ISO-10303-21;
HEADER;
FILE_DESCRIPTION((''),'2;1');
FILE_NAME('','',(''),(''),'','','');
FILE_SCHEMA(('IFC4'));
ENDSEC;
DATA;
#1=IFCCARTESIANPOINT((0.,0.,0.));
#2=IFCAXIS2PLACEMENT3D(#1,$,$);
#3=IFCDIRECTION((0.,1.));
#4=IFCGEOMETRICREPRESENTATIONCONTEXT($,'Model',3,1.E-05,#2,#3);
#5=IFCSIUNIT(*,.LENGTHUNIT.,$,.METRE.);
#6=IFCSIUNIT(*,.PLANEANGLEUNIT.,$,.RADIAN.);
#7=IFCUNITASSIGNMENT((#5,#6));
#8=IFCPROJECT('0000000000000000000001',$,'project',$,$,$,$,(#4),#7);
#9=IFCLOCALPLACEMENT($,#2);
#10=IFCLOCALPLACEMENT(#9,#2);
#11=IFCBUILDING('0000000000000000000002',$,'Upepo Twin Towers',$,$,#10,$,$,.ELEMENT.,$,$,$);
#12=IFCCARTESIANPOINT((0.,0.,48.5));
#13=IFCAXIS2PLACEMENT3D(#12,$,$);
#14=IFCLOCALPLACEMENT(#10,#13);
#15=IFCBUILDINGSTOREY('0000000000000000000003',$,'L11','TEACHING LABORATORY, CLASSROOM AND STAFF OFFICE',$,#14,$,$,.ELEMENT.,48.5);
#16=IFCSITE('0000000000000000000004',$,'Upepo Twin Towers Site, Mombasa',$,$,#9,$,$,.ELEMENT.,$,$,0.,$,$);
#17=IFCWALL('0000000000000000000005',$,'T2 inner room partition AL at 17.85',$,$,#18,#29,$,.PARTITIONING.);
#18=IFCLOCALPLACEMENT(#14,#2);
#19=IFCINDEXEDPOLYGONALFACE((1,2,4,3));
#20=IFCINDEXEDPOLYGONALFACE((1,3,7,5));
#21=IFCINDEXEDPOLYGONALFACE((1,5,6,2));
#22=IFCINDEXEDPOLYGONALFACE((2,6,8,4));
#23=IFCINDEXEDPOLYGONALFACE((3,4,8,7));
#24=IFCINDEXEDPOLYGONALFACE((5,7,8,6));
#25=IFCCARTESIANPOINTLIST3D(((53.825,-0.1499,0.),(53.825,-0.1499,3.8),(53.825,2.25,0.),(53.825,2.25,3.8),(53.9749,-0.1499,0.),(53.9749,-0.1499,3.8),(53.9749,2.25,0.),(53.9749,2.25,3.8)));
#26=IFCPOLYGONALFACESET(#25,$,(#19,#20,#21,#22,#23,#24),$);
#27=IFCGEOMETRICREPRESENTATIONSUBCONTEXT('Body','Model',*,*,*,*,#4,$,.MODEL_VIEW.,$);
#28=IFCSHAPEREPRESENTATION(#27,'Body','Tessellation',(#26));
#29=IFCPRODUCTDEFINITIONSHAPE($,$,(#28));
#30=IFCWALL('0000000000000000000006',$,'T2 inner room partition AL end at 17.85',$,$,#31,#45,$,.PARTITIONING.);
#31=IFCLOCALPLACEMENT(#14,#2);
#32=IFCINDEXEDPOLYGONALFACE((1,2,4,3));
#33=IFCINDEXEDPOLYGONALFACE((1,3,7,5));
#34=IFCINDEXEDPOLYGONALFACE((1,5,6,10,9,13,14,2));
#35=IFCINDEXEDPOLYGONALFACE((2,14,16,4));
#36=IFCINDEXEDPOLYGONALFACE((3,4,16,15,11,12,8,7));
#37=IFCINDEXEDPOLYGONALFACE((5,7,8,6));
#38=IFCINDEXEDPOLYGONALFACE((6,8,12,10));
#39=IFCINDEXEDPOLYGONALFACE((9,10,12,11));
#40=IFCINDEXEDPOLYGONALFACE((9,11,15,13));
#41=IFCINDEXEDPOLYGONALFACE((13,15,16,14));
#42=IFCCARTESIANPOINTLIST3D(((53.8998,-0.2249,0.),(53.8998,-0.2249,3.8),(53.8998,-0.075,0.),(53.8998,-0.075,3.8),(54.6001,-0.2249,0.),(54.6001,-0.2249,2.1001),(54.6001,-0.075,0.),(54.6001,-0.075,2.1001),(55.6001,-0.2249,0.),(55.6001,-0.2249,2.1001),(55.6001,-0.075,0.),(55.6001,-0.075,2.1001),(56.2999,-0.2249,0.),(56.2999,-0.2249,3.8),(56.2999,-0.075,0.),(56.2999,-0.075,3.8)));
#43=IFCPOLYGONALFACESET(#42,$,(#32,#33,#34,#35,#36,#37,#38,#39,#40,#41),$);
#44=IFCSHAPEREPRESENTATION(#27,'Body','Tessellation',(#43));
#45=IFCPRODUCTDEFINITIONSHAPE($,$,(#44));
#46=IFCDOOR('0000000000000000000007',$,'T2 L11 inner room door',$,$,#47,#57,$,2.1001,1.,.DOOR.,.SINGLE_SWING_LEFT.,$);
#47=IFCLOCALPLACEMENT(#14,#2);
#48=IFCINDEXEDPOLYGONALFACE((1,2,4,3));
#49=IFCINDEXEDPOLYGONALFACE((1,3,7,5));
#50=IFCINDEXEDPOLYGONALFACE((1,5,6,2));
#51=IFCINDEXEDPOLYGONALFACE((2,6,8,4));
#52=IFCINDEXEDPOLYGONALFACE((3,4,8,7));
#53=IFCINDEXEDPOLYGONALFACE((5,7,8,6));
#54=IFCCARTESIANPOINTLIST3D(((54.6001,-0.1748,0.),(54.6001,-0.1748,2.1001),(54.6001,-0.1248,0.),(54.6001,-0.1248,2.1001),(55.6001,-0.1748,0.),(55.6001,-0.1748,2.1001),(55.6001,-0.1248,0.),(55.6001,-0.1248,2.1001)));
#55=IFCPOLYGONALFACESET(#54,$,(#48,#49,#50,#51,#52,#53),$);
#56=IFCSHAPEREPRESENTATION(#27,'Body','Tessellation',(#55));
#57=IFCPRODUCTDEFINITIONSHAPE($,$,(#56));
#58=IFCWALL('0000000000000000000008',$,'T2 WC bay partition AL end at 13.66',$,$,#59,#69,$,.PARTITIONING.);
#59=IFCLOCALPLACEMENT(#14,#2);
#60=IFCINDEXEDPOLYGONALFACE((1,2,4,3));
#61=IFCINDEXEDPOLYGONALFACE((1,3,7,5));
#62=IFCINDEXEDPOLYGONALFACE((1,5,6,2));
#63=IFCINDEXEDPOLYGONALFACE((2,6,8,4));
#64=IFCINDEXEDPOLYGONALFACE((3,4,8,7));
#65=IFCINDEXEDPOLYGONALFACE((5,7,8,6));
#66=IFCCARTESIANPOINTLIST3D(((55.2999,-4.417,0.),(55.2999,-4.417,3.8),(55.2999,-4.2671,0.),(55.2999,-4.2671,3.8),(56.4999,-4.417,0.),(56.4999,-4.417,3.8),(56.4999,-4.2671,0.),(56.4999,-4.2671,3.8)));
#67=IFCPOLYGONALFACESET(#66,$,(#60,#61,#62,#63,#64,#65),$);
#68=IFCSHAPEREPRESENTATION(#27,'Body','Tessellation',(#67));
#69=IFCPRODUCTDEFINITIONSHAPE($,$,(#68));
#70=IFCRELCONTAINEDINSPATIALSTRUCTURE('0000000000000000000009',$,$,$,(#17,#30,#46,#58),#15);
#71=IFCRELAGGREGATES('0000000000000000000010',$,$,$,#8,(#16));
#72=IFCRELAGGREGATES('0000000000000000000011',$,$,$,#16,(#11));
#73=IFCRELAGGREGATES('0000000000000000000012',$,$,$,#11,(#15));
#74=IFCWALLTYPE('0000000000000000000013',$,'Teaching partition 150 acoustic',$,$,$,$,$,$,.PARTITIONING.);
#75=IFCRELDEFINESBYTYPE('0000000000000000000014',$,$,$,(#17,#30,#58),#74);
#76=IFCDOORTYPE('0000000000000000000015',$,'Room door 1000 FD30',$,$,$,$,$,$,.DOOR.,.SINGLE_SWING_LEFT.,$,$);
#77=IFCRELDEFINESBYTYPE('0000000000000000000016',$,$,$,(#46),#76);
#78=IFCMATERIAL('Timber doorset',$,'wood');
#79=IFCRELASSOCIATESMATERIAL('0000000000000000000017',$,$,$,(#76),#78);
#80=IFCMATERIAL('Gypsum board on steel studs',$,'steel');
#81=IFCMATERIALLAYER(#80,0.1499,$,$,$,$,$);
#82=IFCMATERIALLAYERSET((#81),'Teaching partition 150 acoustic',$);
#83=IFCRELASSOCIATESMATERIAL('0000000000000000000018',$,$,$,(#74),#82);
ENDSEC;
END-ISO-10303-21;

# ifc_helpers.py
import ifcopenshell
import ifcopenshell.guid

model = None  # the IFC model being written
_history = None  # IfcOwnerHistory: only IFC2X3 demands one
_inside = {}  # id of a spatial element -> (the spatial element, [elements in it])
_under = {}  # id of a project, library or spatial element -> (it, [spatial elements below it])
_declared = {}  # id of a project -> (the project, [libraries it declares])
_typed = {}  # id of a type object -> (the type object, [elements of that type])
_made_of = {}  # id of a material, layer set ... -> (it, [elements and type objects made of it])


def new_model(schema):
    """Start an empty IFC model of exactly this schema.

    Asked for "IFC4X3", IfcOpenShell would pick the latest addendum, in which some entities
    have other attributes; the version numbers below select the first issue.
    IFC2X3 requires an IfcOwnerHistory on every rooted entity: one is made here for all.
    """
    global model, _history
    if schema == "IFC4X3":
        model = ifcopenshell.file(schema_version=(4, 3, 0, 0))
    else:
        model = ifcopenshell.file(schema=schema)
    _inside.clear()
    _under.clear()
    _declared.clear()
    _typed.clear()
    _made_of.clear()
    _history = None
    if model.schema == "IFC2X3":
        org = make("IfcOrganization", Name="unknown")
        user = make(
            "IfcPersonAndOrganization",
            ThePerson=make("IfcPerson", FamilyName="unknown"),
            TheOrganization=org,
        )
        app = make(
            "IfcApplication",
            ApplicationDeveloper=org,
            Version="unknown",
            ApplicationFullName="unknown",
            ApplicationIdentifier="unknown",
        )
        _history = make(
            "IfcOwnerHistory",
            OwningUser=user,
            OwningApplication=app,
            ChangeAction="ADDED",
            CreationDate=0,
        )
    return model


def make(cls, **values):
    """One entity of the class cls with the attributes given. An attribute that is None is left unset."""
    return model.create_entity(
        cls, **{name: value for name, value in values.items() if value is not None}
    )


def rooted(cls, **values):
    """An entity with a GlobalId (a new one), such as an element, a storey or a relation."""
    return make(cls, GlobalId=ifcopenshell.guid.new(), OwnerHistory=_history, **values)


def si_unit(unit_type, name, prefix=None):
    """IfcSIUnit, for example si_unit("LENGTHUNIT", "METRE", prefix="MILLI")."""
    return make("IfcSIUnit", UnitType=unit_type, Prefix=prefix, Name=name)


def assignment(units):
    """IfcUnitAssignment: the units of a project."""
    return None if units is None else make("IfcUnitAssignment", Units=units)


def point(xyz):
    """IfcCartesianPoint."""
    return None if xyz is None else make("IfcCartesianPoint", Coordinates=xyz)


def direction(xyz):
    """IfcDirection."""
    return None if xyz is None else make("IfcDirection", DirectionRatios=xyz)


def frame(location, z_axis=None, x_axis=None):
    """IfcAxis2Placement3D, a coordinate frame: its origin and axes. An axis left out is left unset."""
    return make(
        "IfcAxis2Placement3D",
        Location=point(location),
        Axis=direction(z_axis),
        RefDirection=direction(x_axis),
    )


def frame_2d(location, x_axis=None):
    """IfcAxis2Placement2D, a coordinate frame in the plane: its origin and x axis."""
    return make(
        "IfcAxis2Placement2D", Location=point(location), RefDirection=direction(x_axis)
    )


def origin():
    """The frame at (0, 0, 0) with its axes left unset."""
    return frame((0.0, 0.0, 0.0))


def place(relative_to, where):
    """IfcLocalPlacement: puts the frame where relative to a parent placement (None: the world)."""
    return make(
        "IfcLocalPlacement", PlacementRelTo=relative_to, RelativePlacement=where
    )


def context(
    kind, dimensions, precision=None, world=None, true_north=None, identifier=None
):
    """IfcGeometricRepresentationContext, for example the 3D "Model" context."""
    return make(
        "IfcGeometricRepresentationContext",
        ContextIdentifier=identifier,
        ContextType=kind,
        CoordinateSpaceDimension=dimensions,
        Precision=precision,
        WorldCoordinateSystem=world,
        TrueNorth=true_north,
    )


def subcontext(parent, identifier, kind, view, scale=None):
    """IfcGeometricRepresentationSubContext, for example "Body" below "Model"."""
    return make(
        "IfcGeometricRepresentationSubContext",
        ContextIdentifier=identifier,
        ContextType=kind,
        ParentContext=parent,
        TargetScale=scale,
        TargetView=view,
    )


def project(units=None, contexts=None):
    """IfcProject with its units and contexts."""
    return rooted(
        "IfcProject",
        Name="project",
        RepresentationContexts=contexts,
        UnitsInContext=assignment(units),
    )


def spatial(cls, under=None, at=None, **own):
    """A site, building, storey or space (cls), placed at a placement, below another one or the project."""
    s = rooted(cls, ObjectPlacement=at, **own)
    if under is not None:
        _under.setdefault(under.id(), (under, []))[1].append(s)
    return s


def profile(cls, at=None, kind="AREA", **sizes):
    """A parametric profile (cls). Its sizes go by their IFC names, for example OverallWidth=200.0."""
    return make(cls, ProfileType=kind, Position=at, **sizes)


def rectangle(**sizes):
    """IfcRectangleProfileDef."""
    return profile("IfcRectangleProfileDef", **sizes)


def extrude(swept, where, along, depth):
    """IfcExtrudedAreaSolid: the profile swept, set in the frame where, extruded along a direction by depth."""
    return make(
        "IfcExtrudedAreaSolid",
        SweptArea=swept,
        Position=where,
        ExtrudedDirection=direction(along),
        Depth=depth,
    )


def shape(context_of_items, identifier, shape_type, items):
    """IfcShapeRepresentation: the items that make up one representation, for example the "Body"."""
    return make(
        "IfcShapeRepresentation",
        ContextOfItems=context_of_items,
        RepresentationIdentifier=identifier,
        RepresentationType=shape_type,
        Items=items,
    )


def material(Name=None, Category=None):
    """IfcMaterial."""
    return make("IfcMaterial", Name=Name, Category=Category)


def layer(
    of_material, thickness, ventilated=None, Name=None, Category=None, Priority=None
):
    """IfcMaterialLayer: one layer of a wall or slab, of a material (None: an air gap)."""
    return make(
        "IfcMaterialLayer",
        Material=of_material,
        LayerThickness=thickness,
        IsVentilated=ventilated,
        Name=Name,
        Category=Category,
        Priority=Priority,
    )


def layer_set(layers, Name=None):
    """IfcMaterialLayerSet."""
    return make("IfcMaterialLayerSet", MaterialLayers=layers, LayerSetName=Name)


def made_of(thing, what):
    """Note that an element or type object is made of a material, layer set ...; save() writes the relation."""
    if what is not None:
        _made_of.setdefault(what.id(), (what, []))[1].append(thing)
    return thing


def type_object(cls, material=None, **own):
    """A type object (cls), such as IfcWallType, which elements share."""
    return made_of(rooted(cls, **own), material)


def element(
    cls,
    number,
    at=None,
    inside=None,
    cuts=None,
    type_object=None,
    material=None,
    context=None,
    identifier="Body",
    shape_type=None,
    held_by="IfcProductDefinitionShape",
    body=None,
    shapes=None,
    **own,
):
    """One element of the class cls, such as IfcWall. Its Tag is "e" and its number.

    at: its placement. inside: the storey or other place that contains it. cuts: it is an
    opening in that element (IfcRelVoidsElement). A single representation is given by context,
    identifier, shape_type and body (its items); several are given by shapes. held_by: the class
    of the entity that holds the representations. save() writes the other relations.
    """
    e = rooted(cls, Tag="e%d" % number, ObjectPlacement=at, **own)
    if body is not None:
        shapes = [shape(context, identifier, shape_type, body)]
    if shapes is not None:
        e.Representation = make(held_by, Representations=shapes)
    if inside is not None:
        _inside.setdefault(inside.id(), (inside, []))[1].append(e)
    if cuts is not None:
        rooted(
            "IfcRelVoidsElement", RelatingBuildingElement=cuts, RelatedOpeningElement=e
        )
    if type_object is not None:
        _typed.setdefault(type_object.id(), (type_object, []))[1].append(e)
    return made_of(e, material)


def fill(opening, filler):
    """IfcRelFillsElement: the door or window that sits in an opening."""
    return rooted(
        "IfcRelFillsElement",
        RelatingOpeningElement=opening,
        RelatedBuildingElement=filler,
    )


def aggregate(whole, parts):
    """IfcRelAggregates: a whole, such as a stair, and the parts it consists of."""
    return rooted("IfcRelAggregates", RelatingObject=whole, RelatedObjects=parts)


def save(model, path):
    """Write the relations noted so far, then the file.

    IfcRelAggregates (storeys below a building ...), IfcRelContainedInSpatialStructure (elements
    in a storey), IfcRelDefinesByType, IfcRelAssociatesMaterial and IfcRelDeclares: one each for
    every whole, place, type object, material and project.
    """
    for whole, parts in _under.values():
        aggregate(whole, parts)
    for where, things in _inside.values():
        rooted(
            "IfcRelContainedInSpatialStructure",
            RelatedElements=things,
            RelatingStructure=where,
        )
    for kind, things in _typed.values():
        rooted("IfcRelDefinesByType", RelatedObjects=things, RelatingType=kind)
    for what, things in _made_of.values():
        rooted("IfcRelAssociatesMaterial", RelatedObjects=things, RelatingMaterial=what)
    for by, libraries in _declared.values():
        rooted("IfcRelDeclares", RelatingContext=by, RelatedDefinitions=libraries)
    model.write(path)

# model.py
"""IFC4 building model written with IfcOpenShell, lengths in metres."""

from ifc_helpers import new_model, si_unit, direction, frame, frame_2d, origin, place, context, subcontext, project, spatial, rectangle, extrude, material, layer, layer_set, type_object, element, fill, save


model = new_model("IFC4")

# Units and contexts
model_context = context("Model", 3, precision=1e-05, world=origin(), true_north=direction((0.0, 1.0)))
body_context = subcontext(model_context, "Body", "Model", "MODEL_VIEW")
ifc_project = project(units=[si_unit("LENGTHUNIT", "METRE"), si_unit("PLANEANGLEUNIT", "RADIAN")], contexts=[model_context])

# Site, building, storey
site_placement = place(None, origin())
site = spatial("IfcSite", under=ifc_project, at=site_placement, Name="Upepo Twin Towers Site, Mombasa", CompositionType="ELEMENT", RefElevation=0.0)
building_placement = place(site_placement, origin())
building = spatial("IfcBuilding", under=site, at=building_placement, Name="Upepo Twin Towers", CompositionType="ELEMENT")
storey_placement = place(building_placement, frame((0.0, 0.0, 48.5)))
storey = spatial("IfcBuildingStorey", under=building, at=storey_placement, Name="L11", Description="TEACHING LABORATORY, CLASSROOM AND STAFF OFFICE", CompositionType="ELEMENT", Elevation=48.5)

# Shared definitions
ifc_material_1 = material(Name="Timber doorset", Category="wood")
door_type_1 = type_object("IfcDoorType", Name="Room door 1000 FD30", OperationType="SINGLE_SWING_LEFT", PredefinedType="DOOR", material=ifc_material_1)

# Wall
ifc_material_2 = material(Name="Gypsum board on steel studs", Category="steel")
ifc_layer_1 = layer(ifc_material_2, 0.1499)
ifc_layer_set_1 = layer_set([ifc_layer_1], Name="Teaching partition 150 acoustic")
wall_type_1 = type_object("IfcWallType", Name="Teaching partition 150 acoustic", PredefinedType="PARTITIONING", material=ifc_layer_set_1)
wall_1_placement = place(storey_placement, frame((53.8999, -0.1499, 0.0), z_axis=(0.0, 0.0, 1.0), x_axis=(0.0, 1.0, 0.0)))
element("IfcWall", 1, at=wall_1_placement, inside=storey, type_object=wall_type_1, Name="T2 inner room partition AL at 17.85", PredefinedType="PARTITIONING", context=body_context, shape_type="SweptSolid", body=[
    extrude(rectangle(XDim=2.3999, YDim=0.1499, at=frame_2d((1.2, 0.0))), origin(), (0.0, 0.0, 1.0), 3.8),
])

# Wall, opening, door
wall_2_placement = place(storey_placement, frame((56.3, -0.1499, 0.0), z_axis=(0.0, 0.0, 1.0), x_axis=(-1.0, 0.0, 0.0)))
wall_2 = element("IfcWall", 2, at=wall_2_placement, inside=storey, type_object=wall_type_1, Name="T2 inner room partition AL end at 17.85", PredefinedType="PARTITIONING", context=body_context, shape_type="SweptSolid", body=[
    extrude(rectangle(XDim=2.4001, YDim=0.1499, at=frame_2d((1.2002, 0.0))), origin(), (0.0, 0.0, 1.0), 3.8),
])
opening_1_placement = place(wall_2_placement, frame((0.7, 0.0, 0.0)))
opening_1 = element("IfcOpeningElement", 3, at=opening_1_placement, cuts=wall_2, PredefinedType="OPENING", context=body_context, shape_type="SweptSolid", body=[
    extrude(rectangle(XDim=1.0, YDim=2.1001, at=frame_2d((0.5, 1.05))), frame((0.0, 0.085, 0.0), z_axis=(0.0, -1.0, 0.0), x_axis=(1.0, 0.0, 0.0)), (0.0, 0.0, 1.0), 0.1699),
])
door_1_placement = place(opening_1_placement, origin())
door_1 = element("IfcDoor", 4, at=door_1_placement, inside=storey, type_object=door_type_1, Name="T2 L11 inner room door", OperationType="SINGLE_SWING_LEFT", OverallHeight=2.1001, OverallWidth=1.0, PredefinedType="DOOR", context=body_context, shape_type="SweptSolid", body=[
    extrude(rectangle(XDim=1.0, YDim=2.1001, at=frame_2d((0.5, 1.05))), frame((0.0, 0.0249, 0.0), z_axis=(0.0, -1.0, 0.0), x_axis=(1.0, 0.0, 0.0)), (0.0, 0.0, 1.0), 0.05),
])
fill(opening_1, door_1)

# Wall
wall_3_placement = place(storey_placement, frame((56.5, -4.342, 0.0), z_axis=(0.0, 0.0, 1.0), x_axis=(-1.0, 0.0, 0.0)))
element("IfcWall", 5, at=wall_3_placement, inside=storey, type_object=wall_type_1, Name="T2 WC bay partition AL end at 13.66", PredefinedType="PARTITIONING", context=body_context, shape_type="SweptSolid", body=[
    extrude(rectangle(XDim=1.2, YDim=0.1499, at=frame_2d((0.6001, 0.0))), origin(), (0.0, 0.0, 1.0), 3.8),
])

save(model, "model.ifc")
